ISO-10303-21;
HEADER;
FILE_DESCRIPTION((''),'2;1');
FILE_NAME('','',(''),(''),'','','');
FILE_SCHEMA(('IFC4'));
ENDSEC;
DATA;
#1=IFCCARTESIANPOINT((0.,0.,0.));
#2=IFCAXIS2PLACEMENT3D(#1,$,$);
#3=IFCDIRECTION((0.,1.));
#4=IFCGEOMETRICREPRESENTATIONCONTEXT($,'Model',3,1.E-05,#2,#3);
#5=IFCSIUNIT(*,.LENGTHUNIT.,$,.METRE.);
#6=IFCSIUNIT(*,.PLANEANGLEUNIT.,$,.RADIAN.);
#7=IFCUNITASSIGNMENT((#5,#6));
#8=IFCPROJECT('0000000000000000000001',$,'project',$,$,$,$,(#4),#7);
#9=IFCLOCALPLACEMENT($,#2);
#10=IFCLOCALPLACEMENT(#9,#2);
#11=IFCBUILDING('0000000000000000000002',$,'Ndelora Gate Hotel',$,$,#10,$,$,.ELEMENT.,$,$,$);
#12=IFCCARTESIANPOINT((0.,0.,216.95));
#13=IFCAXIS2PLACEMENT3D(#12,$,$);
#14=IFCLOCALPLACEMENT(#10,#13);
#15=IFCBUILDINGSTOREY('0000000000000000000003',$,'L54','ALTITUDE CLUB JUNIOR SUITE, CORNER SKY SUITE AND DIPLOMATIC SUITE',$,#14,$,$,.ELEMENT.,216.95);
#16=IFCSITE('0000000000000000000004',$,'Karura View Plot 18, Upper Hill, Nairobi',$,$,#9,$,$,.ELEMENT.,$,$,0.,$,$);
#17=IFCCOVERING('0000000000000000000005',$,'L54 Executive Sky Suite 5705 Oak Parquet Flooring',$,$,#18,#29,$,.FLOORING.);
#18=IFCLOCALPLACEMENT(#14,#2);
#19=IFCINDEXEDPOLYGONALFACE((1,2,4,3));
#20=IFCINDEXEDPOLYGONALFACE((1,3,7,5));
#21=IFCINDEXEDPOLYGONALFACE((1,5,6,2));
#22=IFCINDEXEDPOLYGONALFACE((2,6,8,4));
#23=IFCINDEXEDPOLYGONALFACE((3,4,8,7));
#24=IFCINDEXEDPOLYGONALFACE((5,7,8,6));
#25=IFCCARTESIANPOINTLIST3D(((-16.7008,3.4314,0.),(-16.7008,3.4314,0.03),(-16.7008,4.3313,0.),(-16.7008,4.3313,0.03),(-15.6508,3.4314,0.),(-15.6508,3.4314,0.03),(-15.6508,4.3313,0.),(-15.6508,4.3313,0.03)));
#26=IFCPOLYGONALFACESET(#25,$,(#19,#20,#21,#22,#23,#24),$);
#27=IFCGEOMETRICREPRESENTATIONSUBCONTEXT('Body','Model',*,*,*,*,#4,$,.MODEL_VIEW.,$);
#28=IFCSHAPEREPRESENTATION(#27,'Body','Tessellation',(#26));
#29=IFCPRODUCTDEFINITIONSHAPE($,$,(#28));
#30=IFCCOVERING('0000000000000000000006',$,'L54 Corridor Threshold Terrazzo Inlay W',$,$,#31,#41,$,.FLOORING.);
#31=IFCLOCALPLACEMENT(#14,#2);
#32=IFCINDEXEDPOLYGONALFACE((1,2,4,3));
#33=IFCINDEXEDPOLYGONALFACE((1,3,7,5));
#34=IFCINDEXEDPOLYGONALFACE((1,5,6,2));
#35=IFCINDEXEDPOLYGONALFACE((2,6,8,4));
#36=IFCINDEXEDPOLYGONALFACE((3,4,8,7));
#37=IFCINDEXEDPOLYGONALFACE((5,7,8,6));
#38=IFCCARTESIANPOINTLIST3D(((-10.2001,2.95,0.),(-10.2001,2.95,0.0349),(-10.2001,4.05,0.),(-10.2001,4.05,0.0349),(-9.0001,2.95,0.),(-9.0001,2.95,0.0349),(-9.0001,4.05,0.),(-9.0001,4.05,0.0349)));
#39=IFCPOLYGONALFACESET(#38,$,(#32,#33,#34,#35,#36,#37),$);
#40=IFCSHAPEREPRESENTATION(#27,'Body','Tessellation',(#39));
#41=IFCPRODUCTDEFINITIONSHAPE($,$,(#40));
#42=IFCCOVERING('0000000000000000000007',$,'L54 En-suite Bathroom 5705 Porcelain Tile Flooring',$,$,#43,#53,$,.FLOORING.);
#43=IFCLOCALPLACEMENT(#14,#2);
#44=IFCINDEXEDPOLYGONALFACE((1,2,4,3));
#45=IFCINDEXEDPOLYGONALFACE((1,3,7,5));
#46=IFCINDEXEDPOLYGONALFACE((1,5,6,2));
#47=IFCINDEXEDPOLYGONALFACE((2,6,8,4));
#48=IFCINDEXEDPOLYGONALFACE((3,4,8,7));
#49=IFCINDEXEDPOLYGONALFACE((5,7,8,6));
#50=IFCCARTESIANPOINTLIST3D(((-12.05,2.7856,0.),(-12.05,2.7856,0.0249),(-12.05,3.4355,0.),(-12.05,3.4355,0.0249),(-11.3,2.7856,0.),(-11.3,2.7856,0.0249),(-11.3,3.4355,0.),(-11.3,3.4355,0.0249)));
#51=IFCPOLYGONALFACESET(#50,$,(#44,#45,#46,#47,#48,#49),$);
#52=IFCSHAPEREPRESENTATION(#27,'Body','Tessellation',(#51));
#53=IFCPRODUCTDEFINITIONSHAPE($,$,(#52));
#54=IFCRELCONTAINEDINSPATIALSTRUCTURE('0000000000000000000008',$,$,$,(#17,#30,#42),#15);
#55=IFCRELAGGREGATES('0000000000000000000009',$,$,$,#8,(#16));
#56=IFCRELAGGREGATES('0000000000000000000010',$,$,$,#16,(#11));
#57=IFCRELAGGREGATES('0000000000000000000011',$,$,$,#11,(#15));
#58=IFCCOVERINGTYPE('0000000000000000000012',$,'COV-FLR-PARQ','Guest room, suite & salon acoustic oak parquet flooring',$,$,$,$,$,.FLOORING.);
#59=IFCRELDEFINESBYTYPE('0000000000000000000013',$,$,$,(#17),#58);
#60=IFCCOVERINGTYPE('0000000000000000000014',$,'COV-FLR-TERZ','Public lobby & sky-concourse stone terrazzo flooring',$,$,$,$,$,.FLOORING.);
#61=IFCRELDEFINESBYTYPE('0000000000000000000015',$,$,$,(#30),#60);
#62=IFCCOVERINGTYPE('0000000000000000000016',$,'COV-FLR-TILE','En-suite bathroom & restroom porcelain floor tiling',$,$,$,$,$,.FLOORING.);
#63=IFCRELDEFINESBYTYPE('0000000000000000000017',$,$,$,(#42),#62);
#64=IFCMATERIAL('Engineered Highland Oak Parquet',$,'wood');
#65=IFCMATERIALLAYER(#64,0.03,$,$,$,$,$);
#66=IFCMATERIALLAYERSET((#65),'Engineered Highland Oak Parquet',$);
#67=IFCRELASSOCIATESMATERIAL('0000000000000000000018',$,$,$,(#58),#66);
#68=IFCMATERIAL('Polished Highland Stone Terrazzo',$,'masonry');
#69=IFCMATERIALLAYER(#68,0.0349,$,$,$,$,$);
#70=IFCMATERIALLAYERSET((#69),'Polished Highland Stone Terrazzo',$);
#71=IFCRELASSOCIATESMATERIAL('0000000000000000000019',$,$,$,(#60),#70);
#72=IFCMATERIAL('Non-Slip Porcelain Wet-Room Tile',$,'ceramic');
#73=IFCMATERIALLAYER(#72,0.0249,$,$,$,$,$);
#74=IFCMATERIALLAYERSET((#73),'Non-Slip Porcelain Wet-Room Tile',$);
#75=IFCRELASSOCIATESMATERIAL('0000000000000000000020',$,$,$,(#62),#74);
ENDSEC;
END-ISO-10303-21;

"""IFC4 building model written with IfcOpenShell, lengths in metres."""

from ifc_helpers import new_model, si_unit, direction, frame, origin, origin_2d, place, context, subcontext, project, spatial, rectangle, extrude, material, layer, layer_set, type_object, element, save


model = new_model("IFC4")

# Units and contexts
model_context = context("Model", 3, precision=1e-05, world=origin(), true_north=direction((0.0, 1.0)))
body_context = subcontext(model_context, "Body", "Model", "MODEL_VIEW")
ifc_project = project(units=[si_unit("LENGTHUNIT", "METRE"), si_unit("PLANEANGLEUNIT", "RADIAN")], contexts=[model_context])

# Site, building, storey
site_placement = place(None, origin())
site = spatial("IfcSite", under=ifc_project, at=site_placement, Name="Karura View Plot 18, Upper Hill, Nairobi", CompositionType="ELEMENT", RefElevation=0.0)
building_placement = place(site_placement, origin())
building = spatial("IfcBuilding", under=site, at=building_placement, Name="Ndelora Gate Hotel", CompositionType="ELEMENT")
storey_placement = place(building_placement, frame((0.0, 0.0, 216.95)))
storey = spatial("IfcBuildingStorey", under=building, at=storey_placement, Name="L54", Description="ALTITUDE CLUB JUNIOR SUITE, CORNER SKY SUITE AND DIPLOMATIC SUITE", CompositionType="ELEMENT", Elevation=216.95)

# Coverings
ifc_material_1 = material(Name="Engineered Highland Oak Parquet", Category="wood")
ifc_layer_1 = layer(ifc_material_1, 0.03)
ifc_layer_set_1 = layer_set([ifc_layer_1], Name="Engineered Highland Oak Parquet")
covering_type_1 = type_object("IfcCoveringType", Name="COV-FLR-PARQ", Description="Guest room, suite & salon acoustic oak parquet flooring", PredefinedType="FLOORING", material=ifc_layer_set_1)
covering_1_placement = place(storey_placement, frame((-16.1758, 3.8813, 0.0), z_axis=(0.0, 0.0, 1.0), x_axis=(1.0, 0.0, 0.0)))
element("IfcCovering", 1, at=covering_1_placement, inside=storey, type_object=covering_type_1, Name="L54 Executive Sky Suite 5705 Oak Parquet Flooring", PredefinedType="FLOORING", context=body_context, shape_type="SweptSolid", body=[
    extrude(rectangle(XDim=1.05, YDim=0.8999, at=origin_2d()), origin(), (0.0, 0.0, 1.0), 0.03),
])
ifc_material_2 = material(Name="Polished Highland Stone Terrazzo", Category="masonry")
ifc_layer_2 = layer(ifc_material_2, 0.0349)
ifc_layer_set_2 = layer_set([ifc_layer_2], Name="Polished Highland Stone Terrazzo")
covering_type_2 = type_object("IfcCoveringType", Name="COV-FLR-TERZ", Description="Public lobby & sky-concourse stone terrazzo flooring", PredefinedType="FLOORING", material=ifc_layer_set_2)
covering_2_placement = place(storey_placement, frame((-9.6001, 3.5, 0.0), z_axis=(0.0, 0.0, 1.0), x_axis=(1.0, 0.0, 0.0)))
element("IfcCovering", 2, at=covering_2_placement, inside=storey, type_object=covering_type_2, Name="L54 Corridor Threshold Terrazzo Inlay W", PredefinedType="FLOORING", context=body_context, shape_type="SweptSolid", body=[
    extrude(rectangle(XDim=1.2, YDim=1.1001, at=origin_2d()), origin(), (0.0, 0.0, 1.0), 0.0349),
])
ifc_material_3 = material(Name="Non-Slip Porcelain Wet-Room Tile", Category="ceramic")
ifc_layer_3 = layer(ifc_material_3, 0.0249)
ifc_layer_set_3 = layer_set([ifc_layer_3], Name="Non-Slip Porcelain Wet-Room Tile")
covering_type_3 = type_object("IfcCoveringType", Name="COV-FLR-TILE", Description="En-suite bathroom & restroom porcelain floor tiling", PredefinedType="FLOORING", material=ifc_layer_set_3)
covering_3_placement = place(storey_placement, frame((-11.675, 3.1106, 0.0), z_axis=(0.0, 0.0, 1.0), x_axis=(1.0, 0.0, 0.0)))
element("IfcCovering", 3, at=covering_3_placement, inside=storey, type_object=covering_type_3, Name="L54 En-suite Bathroom 5705 Porcelain Tile Flooring", PredefinedType="FLOORING", context=body_context, shape_type="SweptSolid", body=[
    extrude(rectangle(XDim=0.75, YDim=0.6499, at=origin_2d()), origin(), (0.0, 0.0, 1.0), 0.0249),
])

save(model, "model.ifc")
